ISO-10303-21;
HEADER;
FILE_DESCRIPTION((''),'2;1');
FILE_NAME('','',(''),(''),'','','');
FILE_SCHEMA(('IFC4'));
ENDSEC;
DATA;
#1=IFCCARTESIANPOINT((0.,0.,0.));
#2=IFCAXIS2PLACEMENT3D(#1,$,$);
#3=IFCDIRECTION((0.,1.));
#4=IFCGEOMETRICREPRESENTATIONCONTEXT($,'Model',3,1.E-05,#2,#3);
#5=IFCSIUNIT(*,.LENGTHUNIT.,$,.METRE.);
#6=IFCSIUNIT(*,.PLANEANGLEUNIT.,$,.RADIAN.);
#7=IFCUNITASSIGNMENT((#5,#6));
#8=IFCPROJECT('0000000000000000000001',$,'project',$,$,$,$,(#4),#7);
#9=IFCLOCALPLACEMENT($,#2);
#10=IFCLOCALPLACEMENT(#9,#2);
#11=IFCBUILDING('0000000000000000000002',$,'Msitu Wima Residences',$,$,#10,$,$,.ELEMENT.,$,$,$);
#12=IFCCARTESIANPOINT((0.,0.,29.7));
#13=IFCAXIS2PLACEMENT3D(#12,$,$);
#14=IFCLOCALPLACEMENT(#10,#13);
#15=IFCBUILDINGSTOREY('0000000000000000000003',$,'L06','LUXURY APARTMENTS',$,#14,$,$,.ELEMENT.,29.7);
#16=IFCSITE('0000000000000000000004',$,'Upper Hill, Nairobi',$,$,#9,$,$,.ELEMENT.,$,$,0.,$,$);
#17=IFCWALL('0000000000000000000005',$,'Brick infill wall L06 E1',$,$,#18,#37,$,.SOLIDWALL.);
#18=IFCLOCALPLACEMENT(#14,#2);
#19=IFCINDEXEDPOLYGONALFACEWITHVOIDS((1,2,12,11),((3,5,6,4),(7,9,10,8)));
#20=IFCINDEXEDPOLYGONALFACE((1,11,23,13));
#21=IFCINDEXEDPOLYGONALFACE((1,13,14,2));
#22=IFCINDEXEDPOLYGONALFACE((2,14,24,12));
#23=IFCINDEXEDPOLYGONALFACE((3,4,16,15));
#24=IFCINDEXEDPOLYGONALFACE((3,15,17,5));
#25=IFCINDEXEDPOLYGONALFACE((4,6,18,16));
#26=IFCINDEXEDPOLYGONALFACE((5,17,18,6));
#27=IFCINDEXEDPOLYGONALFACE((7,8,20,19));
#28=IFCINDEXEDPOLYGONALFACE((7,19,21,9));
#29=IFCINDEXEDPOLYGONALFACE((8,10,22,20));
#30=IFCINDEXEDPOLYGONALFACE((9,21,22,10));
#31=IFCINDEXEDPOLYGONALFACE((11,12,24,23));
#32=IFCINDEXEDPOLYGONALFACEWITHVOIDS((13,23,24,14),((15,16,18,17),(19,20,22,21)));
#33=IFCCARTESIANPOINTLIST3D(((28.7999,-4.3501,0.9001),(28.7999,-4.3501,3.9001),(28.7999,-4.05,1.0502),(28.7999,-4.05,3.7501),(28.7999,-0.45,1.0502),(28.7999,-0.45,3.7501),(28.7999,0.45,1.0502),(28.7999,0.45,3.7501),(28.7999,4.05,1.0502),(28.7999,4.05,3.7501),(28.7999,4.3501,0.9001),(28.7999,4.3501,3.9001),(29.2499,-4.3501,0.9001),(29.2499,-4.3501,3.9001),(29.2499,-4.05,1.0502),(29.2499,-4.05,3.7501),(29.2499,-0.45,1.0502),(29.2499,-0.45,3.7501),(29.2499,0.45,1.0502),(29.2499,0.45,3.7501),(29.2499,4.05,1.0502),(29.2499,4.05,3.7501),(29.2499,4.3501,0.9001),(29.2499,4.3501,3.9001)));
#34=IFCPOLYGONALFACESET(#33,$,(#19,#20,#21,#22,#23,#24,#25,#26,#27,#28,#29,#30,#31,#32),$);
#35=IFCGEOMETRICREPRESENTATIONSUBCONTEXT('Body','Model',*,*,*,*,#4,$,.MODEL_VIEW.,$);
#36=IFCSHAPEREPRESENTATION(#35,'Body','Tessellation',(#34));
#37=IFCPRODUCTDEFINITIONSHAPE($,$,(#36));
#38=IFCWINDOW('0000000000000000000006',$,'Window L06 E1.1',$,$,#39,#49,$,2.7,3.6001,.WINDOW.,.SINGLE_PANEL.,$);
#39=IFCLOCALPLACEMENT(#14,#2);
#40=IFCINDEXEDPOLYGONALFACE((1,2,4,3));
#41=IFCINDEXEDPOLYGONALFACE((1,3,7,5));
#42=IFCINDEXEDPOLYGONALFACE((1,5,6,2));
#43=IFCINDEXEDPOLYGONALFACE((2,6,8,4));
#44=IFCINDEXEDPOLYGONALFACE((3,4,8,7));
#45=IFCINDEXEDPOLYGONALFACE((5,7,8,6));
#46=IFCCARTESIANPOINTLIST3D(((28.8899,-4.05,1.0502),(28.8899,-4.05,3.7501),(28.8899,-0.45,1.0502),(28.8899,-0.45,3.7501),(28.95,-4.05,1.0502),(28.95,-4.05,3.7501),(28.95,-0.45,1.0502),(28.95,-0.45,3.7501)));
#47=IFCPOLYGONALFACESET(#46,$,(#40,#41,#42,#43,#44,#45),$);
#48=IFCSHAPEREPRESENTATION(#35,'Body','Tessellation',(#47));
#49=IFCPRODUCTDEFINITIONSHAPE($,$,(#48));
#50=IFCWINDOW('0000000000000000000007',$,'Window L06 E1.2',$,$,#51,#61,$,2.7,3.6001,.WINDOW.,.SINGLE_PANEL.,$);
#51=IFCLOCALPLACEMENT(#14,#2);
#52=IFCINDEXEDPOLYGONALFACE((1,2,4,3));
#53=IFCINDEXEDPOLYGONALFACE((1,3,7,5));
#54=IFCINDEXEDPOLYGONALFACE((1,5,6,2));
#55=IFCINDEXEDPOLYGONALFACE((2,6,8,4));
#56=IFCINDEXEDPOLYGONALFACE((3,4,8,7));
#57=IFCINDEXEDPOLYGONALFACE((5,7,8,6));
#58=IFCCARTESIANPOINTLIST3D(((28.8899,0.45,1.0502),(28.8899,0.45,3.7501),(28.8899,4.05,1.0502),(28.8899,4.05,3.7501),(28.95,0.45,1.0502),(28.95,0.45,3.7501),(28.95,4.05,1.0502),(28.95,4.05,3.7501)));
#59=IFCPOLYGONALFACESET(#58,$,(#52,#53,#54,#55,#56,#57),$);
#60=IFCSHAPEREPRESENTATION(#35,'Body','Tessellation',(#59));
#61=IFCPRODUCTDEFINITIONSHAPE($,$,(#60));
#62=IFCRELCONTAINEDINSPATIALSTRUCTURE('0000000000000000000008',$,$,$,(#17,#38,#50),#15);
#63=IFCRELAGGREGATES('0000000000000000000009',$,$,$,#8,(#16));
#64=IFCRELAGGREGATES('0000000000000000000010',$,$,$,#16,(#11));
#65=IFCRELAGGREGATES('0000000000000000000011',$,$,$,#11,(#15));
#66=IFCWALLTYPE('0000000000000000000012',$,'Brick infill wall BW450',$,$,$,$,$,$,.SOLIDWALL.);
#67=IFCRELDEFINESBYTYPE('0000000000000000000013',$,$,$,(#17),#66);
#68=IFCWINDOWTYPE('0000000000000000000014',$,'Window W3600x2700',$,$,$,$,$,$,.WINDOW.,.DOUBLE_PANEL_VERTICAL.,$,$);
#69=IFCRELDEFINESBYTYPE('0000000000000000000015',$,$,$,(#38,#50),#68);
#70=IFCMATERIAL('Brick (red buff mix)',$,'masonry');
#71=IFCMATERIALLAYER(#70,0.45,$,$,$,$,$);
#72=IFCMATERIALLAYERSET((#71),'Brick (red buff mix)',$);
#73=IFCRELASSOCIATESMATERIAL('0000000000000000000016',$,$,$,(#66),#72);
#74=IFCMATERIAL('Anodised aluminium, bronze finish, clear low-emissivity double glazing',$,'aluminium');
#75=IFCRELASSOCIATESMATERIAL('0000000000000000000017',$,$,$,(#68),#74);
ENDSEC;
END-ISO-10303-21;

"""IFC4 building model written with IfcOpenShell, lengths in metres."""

from ifc_helpers import new_model, si_unit, direction, frame, frame_2d, origin, place, context, subcontext, project, spatial, rectangle, extrude, material, layer, layer_set, type_object, element, fill, save


model = new_model("IFC4")

# Units and contexts
model_context = context("Model", 3, precision=1e-05, world=origin(), true_north=direction((0.0, 1.0)))
body_context = subcontext(model_context, "Body", "Model", "MODEL_VIEW")
ifc_project = project(units=[si_unit("LENGTHUNIT", "METRE"), si_unit("PLANEANGLEUNIT", "RADIAN")], contexts=[model_context])

# Site, building, storey
site_placement = place(None, origin())
site = spatial("IfcSite", under=ifc_project, at=site_placement, Name="Upper Hill, Nairobi", CompositionType="ELEMENT", RefElevation=0.0)
building_placement = place(site_placement, origin())
building = spatial("IfcBuilding", under=site, at=building_placement, Name="Msitu Wima Residences", CompositionType="ELEMENT")
storey_placement = place(building_placement, frame((0.0, 0.0, 29.7)))
storey = spatial("IfcBuildingStorey", under=building, at=storey_placement, Name="L06", Description="LUXURY APARTMENTS", CompositionType="ELEMENT", Elevation=29.7)

# Shared definitions
ifc_material_1 = material(Name="Brick (red buff mix)", Category="masonry")
ifc_layer_1 = layer(ifc_material_1, 0.45)
ifc_layer_set_1 = layer_set([ifc_layer_1], Name="Brick (red buff mix)")
wall_type_1 = type_object("IfcWallType", Name="Brick infill wall BW450", PredefinedType="SOLIDWALL", material=ifc_layer_set_1)
ifc_material_2 = material(Name="Anodised aluminium, bronze finish, clear low-emissivity double glazing", Category="aluminium")
window_type = type_object("IfcWindowType", Name="Window W3600x2700", PartitioningType="DOUBLE_PANEL_VERTICAL", PredefinedType="WINDOW", material=ifc_material_2)

# Wall, openings, windows
wall_1_placement = place(storey_placement, frame((29.0249, -4.3501, 0.9001), z_axis=(0.0, 0.0, 1.0), x_axis=(0.0, 1.0, 0.0)))
wall_1 = element("IfcWall", 1, at=wall_1_placement, inside=storey, type_object=wall_type_1, Name="Brick infill wall L06 E1", PredefinedType="SOLIDWALL", context=body_context, shape_type="SweptSolid", body=[
    extrude(rectangle(XDim=8.7002, YDim=0.45, at=frame_2d((4.3501, 0.0))), origin(), (0.0, 0.0, 1.0), 3.0),
])
opening_1_placement = place(wall_1_placement, frame((0.3, 0.0, 0.1499)))
opening_1 = element("IfcOpeningElement", 2, at=opening_1_placement, cuts=wall_1, PredefinedType="OPENING", context=body_context, shape_type="SweptSolid", body=[
    extrude(rectangle(XDim=3.6001, YDim=2.7, at=frame_2d((1.8, 1.3501))), frame((0.0, 0.2349, 0.0), z_axis=(0.0, -1.0, 0.0), x_axis=(1.0, 0.0, 0.0)), (0.0, 0.0, 1.0), 0.47),
])
opening_2_placement = place(wall_1_placement, frame((4.8, 0.0, 0.1499)))
opening_2 = element("IfcOpeningElement", 3, at=opening_2_placement, cuts=wall_1, PredefinedType="OPENING", context=body_context, shape_type="SweptSolid", body=[
    extrude(rectangle(XDim=3.6001, YDim=2.7, at=frame_2d((1.8, 1.3501))), frame((0.0, 0.2349, 0.0), z_axis=(0.0, -1.0, 0.0), x_axis=(1.0, 0.0, 0.0)), (0.0, 0.0, 1.0), 0.47),
])
window_1_placement = place(opening_1_placement, origin())
window_1 = element("IfcWindow", 4, at=window_1_placement, inside=storey, type_object=window_type, Name="Window L06 E1.1", OverallHeight=2.7, OverallWidth=3.6001, PartitioningType="SINGLE_PANEL", PredefinedType="WINDOW", context=body_context, shape_type="SweptSolid", body=[
    extrude(rectangle(XDim=3.6001, YDim=2.7, at=frame_2d((1.8, 1.3501))), frame((0.0, 0.135, 0.0), z_axis=(0.0, -1.0, 0.0), x_axis=(1.0, 0.0, 0.0)), (0.0, 0.0, 1.0), 0.0601),
])
fill(opening_1, window_1)
window_2_placement = place(opening_2_placement, origin())
window_2 = element("IfcWindow", 5, at=window_2_placement, inside=storey, type_object=window_type, Name="Window L06 E1.2", OverallHeight=2.7, OverallWidth=3.6001, PartitioningType="SINGLE_PANEL", PredefinedType="WINDOW", context=body_context, shape_type="SweptSolid", body=[
    extrude(rectangle(XDim=3.6001, YDim=2.7, at=frame_2d((1.8, 1.3501))), frame((0.0, 0.135, 0.0), z_axis=(0.0, -1.0, 0.0), x_axis=(1.0, 0.0, 0.0)), (0.0, 0.0, 1.0), 0.0601),
])
fill(opening_2, window_2)

save(model, "model.ifc")
